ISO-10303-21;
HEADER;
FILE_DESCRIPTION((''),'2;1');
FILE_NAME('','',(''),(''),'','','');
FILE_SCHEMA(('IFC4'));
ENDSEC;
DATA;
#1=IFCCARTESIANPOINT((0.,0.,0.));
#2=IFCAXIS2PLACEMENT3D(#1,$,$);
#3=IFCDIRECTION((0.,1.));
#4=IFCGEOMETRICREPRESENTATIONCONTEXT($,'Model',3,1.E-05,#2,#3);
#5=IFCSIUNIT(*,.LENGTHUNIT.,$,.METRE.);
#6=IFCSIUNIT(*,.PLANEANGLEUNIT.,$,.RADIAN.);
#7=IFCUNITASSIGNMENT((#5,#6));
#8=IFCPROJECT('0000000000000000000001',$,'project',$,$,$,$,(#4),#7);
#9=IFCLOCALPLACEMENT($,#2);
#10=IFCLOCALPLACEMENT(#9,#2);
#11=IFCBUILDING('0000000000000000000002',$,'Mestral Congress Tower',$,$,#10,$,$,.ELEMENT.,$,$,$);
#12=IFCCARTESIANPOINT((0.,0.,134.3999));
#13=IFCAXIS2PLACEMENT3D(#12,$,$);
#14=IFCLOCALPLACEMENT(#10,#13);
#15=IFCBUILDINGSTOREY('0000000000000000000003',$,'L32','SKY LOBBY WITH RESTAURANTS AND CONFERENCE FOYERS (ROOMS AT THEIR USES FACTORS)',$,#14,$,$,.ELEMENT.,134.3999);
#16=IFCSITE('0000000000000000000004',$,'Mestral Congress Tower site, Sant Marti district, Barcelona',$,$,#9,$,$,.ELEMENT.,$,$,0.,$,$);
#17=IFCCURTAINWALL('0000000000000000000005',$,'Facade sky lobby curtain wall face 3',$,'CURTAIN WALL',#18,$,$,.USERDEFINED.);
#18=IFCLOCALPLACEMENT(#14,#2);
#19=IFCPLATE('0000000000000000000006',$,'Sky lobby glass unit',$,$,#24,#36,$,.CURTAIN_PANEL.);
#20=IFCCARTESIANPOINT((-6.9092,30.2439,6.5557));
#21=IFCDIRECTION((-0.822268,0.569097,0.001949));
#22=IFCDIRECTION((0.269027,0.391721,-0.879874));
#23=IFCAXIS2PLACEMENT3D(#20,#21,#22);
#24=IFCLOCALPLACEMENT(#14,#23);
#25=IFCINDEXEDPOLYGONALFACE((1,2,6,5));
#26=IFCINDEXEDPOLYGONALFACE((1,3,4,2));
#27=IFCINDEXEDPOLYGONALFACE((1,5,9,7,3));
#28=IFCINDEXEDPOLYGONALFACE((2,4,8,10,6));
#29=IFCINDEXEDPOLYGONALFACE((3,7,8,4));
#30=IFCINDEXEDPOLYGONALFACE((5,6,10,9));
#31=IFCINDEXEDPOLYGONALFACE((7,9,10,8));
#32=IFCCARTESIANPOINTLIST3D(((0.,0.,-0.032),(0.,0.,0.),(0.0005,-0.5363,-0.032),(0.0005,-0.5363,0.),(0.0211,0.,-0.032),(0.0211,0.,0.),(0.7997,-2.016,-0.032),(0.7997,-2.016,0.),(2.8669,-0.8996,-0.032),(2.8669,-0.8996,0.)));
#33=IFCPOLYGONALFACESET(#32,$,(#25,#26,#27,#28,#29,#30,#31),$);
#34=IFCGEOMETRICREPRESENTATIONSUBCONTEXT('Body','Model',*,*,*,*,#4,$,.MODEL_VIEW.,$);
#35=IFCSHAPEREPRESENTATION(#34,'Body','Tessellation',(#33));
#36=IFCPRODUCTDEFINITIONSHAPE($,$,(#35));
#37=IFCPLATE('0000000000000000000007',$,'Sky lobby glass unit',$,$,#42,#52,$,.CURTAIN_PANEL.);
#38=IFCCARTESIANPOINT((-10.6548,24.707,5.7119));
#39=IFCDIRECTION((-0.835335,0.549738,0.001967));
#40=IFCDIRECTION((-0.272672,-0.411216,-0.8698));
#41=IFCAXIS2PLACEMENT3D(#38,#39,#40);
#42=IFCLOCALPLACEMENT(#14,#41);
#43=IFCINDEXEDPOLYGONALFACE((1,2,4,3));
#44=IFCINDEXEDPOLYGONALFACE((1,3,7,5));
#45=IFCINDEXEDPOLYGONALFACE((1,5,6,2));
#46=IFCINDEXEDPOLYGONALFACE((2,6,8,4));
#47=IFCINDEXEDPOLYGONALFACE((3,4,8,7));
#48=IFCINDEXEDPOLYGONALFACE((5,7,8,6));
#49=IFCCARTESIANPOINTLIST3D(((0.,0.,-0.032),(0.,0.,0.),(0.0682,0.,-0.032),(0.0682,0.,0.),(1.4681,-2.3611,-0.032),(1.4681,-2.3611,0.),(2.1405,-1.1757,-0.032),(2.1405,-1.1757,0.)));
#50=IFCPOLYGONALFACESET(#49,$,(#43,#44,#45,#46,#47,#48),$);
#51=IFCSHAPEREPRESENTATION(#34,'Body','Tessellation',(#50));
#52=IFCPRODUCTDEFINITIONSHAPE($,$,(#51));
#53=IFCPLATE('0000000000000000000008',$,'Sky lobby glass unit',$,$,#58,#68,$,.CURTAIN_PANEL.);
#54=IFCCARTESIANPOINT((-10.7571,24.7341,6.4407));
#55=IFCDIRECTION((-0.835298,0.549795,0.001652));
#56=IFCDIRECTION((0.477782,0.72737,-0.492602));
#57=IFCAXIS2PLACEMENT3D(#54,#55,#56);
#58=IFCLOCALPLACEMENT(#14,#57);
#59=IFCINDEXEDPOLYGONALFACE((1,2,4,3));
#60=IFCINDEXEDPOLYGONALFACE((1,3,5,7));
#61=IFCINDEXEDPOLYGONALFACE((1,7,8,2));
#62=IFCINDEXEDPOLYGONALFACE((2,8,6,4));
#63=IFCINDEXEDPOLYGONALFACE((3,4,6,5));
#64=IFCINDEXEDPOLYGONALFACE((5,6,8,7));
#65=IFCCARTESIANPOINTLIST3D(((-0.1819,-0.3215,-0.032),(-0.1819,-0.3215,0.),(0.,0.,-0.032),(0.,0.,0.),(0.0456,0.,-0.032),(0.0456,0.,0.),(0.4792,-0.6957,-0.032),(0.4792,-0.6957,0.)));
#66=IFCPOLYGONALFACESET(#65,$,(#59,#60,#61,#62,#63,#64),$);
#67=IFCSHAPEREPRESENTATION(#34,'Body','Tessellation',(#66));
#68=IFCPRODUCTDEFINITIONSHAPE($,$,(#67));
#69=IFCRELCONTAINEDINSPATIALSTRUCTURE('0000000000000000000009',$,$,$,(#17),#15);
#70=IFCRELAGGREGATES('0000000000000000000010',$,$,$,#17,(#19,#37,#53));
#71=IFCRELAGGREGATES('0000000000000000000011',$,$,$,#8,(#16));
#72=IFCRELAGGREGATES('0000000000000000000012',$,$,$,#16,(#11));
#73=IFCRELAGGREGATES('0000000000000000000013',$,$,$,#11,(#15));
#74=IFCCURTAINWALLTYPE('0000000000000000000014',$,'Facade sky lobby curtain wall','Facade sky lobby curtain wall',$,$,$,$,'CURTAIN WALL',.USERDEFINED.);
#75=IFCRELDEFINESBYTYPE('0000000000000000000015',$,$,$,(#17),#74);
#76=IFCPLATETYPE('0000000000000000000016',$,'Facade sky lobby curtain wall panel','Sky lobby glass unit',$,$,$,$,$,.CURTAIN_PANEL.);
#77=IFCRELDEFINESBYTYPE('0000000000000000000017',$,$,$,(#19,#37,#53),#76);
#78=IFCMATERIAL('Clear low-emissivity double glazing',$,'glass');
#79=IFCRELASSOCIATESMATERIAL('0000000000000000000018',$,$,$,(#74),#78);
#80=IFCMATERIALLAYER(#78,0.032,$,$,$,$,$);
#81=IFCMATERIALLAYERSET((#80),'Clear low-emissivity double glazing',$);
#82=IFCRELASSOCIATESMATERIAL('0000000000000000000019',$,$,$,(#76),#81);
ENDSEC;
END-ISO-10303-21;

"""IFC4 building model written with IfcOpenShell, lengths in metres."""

from ifc_helpers import new_model, si_unit, direction, frame, origin, place, context, subcontext, project, spatial, polyline, outline, extrude, material, layer, layer_set, type_object, element, aggregate, save


model = new_model("IFC4")

# Units and contexts
model_context = context("Model", 3, precision=1e-05, world=origin(), true_north=direction((0.0, 1.0)))
body_context = subcontext(model_context, "Body", "Model", "MODEL_VIEW")
ifc_project = project(units=[si_unit("LENGTHUNIT", "METRE"), si_unit("PLANEANGLEUNIT", "RADIAN")], contexts=[model_context])

# Site, building, storey
site_placement = place(None, origin())
site = spatial("IfcSite", under=ifc_project, at=site_placement, Name="Mestral Congress Tower site, Sant Marti district, Barcelona", CompositionType="ELEMENT", RefElevation=0.0)
building_placement = place(site_placement, origin())
building = spatial("IfcBuilding", under=site, at=building_placement, Name="Mestral Congress Tower", CompositionType="ELEMENT")
storey_placement = place(building_placement, frame((0.0, 0.0, 134.3999)))
storey = spatial("IfcBuildingStorey", under=building, at=storey_placement, Name="L32", Description="SKY LOBBY WITH RESTAURANTS AND CONFERENCE FOYERS (ROOMS AT THEIR USES FACTORS)", CompositionType="ELEMENT", Elevation=134.3999)

# Curtain wall
ifc_material_1 = material(Name="Clear low-emissivity double glazing", Category="glass")
curtain_wall_type = type_object("IfcCurtainWallType", Name="Facade sky lobby curtain wall", Description="Facade sky lobby curtain wall", ElementType="CURTAIN WALL", PredefinedType="USERDEFINED", material=ifc_material_1)
curtain_wall_placement = place(storey_placement, origin())
curtain_wall = element("IfcCurtainWall", 1, at=curtain_wall_placement, inside=storey, type_object=curtain_wall_type, Name="Facade sky lobby curtain wall face 3", ObjectType="CURTAIN WALL", PredefinedType="USERDEFINED")

# Plates
ifc_layer_1 = layer(ifc_material_1, 0.032)
ifc_layer_set_1 = layer_set([ifc_layer_1], Name="Clear low-emissivity double glazing")
plate_type_1 = type_object("IfcPlateType", Name="Facade sky lobby curtain wall panel", Description="Sky lobby glass unit", PredefinedType="CURTAIN_PANEL", material=ifc_layer_set_1)
plate_1_placement = place(storey_placement, frame((-6.9092, 30.2439, 6.5557), z_axis=(-0.822268, 0.569097, 0.001949), x_axis=(0.269027, 0.391721, -0.879874)))
plate_1 = element("IfcPlate", 2, at=plate_1_placement, type_object=plate_type_1, Name="Sky lobby glass unit", PredefinedType="CURTAIN_PANEL", context=body_context, shape_type="SweptSolid", body=[
    extrude(outline(polyline([(0.0, 0.0), (0.0211, 0.0), (2.8669, -0.8996), (0.7997, -2.016), (0.0005, -0.5363), (0.0, 0.0)])), origin(), (0.0, 0.0, -1.0), 0.032),
])
plate_2_placement = place(storey_placement, frame((-10.6548, 24.707, 5.7119), z_axis=(-0.835335, 0.549738, 0.001967), x_axis=(-0.272672, -0.411216, -0.8698)))
plate_2 = element("IfcPlate", 3, at=plate_2_placement, type_object=plate_type_1, Name="Sky lobby glass unit", PredefinedType="CURTAIN_PANEL", context=body_context, shape_type="SweptSolid", body=[
    extrude(outline(polyline([(0.0, 0.0), (0.0682, 0.0), (2.1405, -1.1757), (1.4681, -2.3611), (0.0, 0.0)])), origin(), (0.0, 0.0, -1.0), 0.032),
])
plate_3_placement = place(storey_placement, frame((-10.7571, 24.7341, 6.4407), z_axis=(-0.835298, 0.549795, 0.001652), x_axis=(0.477782, 0.72737, -0.492602)))
plate_3 = element("IfcPlate", 4, at=plate_3_placement, type_object=plate_type_1, Name="Sky lobby glass unit", PredefinedType="CURTAIN_PANEL", context=body_context, shape_type="SweptSolid", body=[
    extrude(outline(polyline([(0.0, 0.0), (0.0456, 0.0), (0.4792, -0.6957), (-0.1819, -0.3215), (0.0, 0.0)])), origin(), (0.0, 0.0, -1.0), 0.032),
])
aggregate(curtain_wall, [plate_1, plate_2, plate_3])

save(model, "model.ifc")
